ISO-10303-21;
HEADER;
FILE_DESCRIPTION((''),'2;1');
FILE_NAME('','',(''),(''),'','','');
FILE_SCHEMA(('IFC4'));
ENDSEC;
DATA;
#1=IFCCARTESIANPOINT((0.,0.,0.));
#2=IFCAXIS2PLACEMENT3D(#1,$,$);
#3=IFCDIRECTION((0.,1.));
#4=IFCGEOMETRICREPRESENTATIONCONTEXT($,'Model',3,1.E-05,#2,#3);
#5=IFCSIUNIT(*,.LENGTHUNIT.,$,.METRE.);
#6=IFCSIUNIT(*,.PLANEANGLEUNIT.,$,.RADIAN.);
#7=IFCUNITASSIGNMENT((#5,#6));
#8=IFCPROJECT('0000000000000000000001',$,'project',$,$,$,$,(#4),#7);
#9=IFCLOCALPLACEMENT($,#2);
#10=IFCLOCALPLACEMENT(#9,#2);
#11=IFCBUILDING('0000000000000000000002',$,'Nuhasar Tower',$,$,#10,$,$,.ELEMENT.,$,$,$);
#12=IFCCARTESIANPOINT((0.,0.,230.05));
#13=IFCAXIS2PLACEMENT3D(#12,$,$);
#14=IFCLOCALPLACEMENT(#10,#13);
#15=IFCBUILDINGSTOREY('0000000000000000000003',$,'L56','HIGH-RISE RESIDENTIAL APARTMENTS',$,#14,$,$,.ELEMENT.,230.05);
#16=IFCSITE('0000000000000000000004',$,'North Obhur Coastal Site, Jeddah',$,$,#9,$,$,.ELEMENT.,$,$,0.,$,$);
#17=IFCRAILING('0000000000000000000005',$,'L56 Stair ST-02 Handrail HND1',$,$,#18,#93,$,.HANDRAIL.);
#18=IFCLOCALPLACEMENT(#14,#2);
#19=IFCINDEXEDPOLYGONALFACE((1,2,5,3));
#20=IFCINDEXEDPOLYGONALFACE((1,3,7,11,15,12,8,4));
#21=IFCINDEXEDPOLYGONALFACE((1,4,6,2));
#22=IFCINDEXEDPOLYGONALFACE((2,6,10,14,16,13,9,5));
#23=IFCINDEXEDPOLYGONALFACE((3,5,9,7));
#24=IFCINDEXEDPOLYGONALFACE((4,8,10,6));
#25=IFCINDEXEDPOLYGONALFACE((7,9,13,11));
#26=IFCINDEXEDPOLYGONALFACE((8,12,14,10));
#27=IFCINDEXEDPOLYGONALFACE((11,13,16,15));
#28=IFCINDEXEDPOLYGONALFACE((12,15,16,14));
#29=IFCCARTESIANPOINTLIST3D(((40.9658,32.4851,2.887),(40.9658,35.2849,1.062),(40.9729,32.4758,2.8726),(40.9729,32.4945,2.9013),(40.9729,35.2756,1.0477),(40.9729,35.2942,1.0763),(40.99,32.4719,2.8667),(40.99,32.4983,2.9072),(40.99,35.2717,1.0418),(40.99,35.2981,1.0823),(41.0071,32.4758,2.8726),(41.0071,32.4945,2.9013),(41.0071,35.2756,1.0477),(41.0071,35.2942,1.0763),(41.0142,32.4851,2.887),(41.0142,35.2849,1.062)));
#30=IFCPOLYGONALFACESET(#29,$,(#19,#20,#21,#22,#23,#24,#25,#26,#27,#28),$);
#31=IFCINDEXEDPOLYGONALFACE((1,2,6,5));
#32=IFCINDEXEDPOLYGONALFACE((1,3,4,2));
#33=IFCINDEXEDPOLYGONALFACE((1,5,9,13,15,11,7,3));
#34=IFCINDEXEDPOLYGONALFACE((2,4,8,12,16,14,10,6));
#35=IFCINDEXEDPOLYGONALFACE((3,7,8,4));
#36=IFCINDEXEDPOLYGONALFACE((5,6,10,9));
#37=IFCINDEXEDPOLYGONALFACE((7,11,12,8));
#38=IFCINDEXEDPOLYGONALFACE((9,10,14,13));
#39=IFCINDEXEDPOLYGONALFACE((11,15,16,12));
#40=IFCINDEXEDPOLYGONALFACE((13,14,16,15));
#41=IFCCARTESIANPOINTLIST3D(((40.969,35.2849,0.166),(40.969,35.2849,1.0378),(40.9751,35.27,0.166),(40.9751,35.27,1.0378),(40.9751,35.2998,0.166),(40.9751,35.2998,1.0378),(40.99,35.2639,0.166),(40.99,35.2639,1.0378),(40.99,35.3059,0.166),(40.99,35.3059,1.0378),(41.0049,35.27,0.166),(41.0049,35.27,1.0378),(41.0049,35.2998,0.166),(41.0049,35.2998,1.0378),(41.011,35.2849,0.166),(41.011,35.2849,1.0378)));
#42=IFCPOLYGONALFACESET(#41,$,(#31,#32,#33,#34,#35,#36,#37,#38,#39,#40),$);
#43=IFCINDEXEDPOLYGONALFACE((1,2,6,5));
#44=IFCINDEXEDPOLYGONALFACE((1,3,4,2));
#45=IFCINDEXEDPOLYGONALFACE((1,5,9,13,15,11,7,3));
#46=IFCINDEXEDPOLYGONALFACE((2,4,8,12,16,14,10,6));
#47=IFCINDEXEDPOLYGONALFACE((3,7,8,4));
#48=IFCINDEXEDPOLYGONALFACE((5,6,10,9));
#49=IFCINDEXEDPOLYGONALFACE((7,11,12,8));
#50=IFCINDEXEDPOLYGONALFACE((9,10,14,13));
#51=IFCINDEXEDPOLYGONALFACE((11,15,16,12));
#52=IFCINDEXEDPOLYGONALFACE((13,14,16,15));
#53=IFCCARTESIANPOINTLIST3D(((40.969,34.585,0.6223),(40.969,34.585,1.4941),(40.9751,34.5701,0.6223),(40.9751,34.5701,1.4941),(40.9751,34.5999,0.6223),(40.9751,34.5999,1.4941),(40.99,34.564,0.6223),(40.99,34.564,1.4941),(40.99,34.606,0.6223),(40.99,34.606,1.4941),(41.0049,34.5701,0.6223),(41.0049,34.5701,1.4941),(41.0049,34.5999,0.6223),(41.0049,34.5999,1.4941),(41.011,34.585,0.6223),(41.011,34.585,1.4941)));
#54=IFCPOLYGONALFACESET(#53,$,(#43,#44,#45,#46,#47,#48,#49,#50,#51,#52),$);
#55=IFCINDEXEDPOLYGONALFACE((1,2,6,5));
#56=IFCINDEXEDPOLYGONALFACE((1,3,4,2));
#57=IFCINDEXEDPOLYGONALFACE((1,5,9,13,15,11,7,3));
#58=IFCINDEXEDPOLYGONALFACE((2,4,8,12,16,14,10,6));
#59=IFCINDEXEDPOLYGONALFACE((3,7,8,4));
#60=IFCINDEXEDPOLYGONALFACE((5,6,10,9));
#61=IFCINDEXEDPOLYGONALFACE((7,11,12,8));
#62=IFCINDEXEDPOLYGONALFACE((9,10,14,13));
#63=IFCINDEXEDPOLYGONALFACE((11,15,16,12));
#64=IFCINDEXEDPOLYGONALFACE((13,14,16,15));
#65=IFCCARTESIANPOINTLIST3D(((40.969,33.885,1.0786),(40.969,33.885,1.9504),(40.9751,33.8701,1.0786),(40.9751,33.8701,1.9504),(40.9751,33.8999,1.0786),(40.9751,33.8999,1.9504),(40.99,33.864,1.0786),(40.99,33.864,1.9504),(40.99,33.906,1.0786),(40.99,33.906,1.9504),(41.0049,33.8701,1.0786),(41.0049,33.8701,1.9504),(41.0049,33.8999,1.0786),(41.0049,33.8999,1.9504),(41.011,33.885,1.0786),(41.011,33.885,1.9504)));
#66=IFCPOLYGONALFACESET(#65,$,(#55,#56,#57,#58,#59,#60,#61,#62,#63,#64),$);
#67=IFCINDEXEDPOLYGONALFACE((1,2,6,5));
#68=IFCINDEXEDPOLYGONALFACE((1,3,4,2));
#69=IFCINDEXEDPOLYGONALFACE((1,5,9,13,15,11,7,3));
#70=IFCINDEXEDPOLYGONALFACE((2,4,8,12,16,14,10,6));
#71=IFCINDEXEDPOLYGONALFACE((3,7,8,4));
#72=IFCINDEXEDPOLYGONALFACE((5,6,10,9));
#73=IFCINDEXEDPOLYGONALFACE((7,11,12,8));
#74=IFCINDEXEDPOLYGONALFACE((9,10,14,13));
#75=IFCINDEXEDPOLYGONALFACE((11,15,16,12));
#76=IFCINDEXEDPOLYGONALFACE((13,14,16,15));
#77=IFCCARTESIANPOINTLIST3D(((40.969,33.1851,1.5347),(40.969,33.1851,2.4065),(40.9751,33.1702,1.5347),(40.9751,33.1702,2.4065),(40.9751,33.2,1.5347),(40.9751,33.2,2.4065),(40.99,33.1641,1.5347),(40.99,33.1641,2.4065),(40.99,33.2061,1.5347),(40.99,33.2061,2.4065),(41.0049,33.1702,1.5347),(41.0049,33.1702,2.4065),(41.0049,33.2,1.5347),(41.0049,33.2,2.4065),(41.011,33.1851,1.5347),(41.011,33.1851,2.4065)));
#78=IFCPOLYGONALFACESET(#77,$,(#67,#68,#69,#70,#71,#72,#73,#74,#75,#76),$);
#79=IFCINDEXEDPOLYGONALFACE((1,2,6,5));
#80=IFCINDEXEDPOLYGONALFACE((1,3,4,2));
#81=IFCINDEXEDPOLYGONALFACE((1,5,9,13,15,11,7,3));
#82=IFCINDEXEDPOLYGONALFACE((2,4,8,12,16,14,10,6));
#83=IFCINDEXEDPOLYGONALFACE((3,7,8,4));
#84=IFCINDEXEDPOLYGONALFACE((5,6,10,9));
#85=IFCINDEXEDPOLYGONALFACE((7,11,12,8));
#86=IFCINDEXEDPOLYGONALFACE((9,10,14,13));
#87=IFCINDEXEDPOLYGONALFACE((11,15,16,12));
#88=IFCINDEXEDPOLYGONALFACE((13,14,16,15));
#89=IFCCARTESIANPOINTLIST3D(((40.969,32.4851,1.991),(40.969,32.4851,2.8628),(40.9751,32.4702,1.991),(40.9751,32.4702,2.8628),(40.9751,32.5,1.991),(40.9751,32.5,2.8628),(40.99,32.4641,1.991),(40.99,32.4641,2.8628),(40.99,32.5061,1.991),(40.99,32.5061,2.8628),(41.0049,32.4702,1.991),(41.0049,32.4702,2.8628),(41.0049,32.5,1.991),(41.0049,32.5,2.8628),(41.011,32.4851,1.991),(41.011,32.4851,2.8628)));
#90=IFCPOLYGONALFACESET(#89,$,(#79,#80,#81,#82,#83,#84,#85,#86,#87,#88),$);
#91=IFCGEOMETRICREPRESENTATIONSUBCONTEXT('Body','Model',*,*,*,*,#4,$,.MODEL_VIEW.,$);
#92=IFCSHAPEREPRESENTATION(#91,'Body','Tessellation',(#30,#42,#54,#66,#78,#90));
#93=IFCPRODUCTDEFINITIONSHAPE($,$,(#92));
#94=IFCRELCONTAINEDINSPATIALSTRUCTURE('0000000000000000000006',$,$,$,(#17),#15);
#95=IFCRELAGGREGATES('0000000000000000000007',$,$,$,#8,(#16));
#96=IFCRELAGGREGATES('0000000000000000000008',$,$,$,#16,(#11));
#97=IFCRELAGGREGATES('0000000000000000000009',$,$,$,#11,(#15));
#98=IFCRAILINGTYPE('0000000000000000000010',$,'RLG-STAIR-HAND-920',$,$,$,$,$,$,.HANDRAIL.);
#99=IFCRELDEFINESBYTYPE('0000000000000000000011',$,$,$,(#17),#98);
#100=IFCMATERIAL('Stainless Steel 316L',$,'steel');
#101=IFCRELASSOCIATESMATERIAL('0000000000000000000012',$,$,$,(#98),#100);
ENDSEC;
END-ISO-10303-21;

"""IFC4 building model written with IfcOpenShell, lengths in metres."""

from ifc_helpers import new_model, si_unit, direction, frame, origin, place, context, subcontext, project, spatial, polyline, outline, extrude, material, type_object, element, save


model = new_model("IFC4")

# Units and contexts
model_context = context("Model", 3, precision=1e-05, world=origin(), true_north=direction((0.0, 1.0)))
body_context = subcontext(model_context, "Body", "Model", "MODEL_VIEW")
ifc_project = project(units=[si_unit("LENGTHUNIT", "METRE"), si_unit("PLANEANGLEUNIT", "RADIAN")], contexts=[model_context])

# Site, building, storey
site_placement = place(None, origin())
site = spatial("IfcSite", under=ifc_project, at=site_placement, Name="North Obhur Coastal Site, Jeddah", CompositionType="ELEMENT", RefElevation=0.0)
building_placement = place(site_placement, origin())
building = spatial("IfcBuilding", under=site, at=building_placement, Name="Nuhasar Tower", CompositionType="ELEMENT")
storey_placement = place(building_placement, frame((0.0, 0.0, 230.05)))
storey = spatial("IfcBuildingStorey", under=building, at=storey_placement, Name="L56", Description="HIGH-RISE RESIDENTIAL APARTMENTS", CompositionType="ELEMENT", Elevation=230.05)

# Railing
ifc_material_1 = material(Name="Stainless Steel 316L", Category="steel")
railing_type_1 = type_object("IfcRailingType", Name="RLG-STAIR-HAND-920", PredefinedType="HANDRAIL", material=ifc_material_1)
railing_1_placement = place(storey_placement, frame((40.99, 35.2849, 0.166)))
element("IfcRailing", 1, at=railing_1_placement, inside=storey, type_object=railing_type_1, Name="L56 Stair ST-02 Handrail HND1", PredefinedType="HANDRAIL", context=body_context, shape_type="SweptSolid", body=[
    extrude(outline(polyline([(0.0242, 0.0), (0.0171, 0.0171), (0.0, 0.0242), (-0.0171, 0.0171), (-0.0242, 0.0), (-0.0171, -0.0171), (0.0, -0.0242), (0.0171, -0.0171), (0.0242, 0.0)])), frame((0.0, 0.0, 0.896), z_axis=(0.0, -0.837749, 0.546056), x_axis=(1.0, 0.0, 0.0)), (0.0, 0.0, 1.0), 3.342),
    extrude(outline(polyline([(0.021, 0.0), (0.0149, 0.0149), (0.0, 0.021), (-0.0149, 0.0149), (-0.021, 0.0), (-0.0149, -0.0149), (0.0, -0.021), (0.0149, -0.0149), (0.021, 0.0)])), origin(), (0.0, 0.0, 1.0), 0.8718),
    extrude(outline(polyline([(0.021, 0.0), (0.0149, 0.0149), (0.0, 0.021), (-0.0149, 0.0149), (-0.021, 0.0), (-0.0149, -0.0149), (0.0, -0.021), (0.0149, -0.0149), (0.021, 0.0)])), frame((0.0, -0.7, 0.4563)), (0.0, 0.0, 1.0), 0.8718),
    extrude(outline(polyline([(0.021, 0.0), (0.0149, 0.0149), (0.0, 0.021), (-0.0149, 0.0149), (-0.021, 0.0), (-0.0149, -0.0149), (0.0, -0.021), (0.0149, -0.0149), (0.021, 0.0)])), frame((0.0, -1.3999, 0.9126)), (0.0, 0.0, 1.0), 0.8718),
    extrude(outline(polyline([(0.021, 0.0), (0.0149, 0.0149), (0.0, 0.021), (-0.0149, 0.0149), (-0.021, 0.0), (-0.0149, -0.0149), (0.0, -0.021), (0.0149, -0.0149), (0.021, 0.0)])), frame((0.0, -2.0999, 1.3687)), (0.0, 0.0, 1.0), 0.8718),
    extrude(outline(polyline([(0.021, 0.0), (0.0149, 0.0149), (0.0, 0.021), (-0.0149, 0.0149), (-0.021, 0.0), (-0.0149, -0.0149), (0.0, -0.021), (0.0149, -0.0149), (0.021, 0.0)])), frame((0.0, -2.7998, 1.825)), (0.0, 0.0, 1.0), 0.8718),
])

save(model, "model.ifc")
